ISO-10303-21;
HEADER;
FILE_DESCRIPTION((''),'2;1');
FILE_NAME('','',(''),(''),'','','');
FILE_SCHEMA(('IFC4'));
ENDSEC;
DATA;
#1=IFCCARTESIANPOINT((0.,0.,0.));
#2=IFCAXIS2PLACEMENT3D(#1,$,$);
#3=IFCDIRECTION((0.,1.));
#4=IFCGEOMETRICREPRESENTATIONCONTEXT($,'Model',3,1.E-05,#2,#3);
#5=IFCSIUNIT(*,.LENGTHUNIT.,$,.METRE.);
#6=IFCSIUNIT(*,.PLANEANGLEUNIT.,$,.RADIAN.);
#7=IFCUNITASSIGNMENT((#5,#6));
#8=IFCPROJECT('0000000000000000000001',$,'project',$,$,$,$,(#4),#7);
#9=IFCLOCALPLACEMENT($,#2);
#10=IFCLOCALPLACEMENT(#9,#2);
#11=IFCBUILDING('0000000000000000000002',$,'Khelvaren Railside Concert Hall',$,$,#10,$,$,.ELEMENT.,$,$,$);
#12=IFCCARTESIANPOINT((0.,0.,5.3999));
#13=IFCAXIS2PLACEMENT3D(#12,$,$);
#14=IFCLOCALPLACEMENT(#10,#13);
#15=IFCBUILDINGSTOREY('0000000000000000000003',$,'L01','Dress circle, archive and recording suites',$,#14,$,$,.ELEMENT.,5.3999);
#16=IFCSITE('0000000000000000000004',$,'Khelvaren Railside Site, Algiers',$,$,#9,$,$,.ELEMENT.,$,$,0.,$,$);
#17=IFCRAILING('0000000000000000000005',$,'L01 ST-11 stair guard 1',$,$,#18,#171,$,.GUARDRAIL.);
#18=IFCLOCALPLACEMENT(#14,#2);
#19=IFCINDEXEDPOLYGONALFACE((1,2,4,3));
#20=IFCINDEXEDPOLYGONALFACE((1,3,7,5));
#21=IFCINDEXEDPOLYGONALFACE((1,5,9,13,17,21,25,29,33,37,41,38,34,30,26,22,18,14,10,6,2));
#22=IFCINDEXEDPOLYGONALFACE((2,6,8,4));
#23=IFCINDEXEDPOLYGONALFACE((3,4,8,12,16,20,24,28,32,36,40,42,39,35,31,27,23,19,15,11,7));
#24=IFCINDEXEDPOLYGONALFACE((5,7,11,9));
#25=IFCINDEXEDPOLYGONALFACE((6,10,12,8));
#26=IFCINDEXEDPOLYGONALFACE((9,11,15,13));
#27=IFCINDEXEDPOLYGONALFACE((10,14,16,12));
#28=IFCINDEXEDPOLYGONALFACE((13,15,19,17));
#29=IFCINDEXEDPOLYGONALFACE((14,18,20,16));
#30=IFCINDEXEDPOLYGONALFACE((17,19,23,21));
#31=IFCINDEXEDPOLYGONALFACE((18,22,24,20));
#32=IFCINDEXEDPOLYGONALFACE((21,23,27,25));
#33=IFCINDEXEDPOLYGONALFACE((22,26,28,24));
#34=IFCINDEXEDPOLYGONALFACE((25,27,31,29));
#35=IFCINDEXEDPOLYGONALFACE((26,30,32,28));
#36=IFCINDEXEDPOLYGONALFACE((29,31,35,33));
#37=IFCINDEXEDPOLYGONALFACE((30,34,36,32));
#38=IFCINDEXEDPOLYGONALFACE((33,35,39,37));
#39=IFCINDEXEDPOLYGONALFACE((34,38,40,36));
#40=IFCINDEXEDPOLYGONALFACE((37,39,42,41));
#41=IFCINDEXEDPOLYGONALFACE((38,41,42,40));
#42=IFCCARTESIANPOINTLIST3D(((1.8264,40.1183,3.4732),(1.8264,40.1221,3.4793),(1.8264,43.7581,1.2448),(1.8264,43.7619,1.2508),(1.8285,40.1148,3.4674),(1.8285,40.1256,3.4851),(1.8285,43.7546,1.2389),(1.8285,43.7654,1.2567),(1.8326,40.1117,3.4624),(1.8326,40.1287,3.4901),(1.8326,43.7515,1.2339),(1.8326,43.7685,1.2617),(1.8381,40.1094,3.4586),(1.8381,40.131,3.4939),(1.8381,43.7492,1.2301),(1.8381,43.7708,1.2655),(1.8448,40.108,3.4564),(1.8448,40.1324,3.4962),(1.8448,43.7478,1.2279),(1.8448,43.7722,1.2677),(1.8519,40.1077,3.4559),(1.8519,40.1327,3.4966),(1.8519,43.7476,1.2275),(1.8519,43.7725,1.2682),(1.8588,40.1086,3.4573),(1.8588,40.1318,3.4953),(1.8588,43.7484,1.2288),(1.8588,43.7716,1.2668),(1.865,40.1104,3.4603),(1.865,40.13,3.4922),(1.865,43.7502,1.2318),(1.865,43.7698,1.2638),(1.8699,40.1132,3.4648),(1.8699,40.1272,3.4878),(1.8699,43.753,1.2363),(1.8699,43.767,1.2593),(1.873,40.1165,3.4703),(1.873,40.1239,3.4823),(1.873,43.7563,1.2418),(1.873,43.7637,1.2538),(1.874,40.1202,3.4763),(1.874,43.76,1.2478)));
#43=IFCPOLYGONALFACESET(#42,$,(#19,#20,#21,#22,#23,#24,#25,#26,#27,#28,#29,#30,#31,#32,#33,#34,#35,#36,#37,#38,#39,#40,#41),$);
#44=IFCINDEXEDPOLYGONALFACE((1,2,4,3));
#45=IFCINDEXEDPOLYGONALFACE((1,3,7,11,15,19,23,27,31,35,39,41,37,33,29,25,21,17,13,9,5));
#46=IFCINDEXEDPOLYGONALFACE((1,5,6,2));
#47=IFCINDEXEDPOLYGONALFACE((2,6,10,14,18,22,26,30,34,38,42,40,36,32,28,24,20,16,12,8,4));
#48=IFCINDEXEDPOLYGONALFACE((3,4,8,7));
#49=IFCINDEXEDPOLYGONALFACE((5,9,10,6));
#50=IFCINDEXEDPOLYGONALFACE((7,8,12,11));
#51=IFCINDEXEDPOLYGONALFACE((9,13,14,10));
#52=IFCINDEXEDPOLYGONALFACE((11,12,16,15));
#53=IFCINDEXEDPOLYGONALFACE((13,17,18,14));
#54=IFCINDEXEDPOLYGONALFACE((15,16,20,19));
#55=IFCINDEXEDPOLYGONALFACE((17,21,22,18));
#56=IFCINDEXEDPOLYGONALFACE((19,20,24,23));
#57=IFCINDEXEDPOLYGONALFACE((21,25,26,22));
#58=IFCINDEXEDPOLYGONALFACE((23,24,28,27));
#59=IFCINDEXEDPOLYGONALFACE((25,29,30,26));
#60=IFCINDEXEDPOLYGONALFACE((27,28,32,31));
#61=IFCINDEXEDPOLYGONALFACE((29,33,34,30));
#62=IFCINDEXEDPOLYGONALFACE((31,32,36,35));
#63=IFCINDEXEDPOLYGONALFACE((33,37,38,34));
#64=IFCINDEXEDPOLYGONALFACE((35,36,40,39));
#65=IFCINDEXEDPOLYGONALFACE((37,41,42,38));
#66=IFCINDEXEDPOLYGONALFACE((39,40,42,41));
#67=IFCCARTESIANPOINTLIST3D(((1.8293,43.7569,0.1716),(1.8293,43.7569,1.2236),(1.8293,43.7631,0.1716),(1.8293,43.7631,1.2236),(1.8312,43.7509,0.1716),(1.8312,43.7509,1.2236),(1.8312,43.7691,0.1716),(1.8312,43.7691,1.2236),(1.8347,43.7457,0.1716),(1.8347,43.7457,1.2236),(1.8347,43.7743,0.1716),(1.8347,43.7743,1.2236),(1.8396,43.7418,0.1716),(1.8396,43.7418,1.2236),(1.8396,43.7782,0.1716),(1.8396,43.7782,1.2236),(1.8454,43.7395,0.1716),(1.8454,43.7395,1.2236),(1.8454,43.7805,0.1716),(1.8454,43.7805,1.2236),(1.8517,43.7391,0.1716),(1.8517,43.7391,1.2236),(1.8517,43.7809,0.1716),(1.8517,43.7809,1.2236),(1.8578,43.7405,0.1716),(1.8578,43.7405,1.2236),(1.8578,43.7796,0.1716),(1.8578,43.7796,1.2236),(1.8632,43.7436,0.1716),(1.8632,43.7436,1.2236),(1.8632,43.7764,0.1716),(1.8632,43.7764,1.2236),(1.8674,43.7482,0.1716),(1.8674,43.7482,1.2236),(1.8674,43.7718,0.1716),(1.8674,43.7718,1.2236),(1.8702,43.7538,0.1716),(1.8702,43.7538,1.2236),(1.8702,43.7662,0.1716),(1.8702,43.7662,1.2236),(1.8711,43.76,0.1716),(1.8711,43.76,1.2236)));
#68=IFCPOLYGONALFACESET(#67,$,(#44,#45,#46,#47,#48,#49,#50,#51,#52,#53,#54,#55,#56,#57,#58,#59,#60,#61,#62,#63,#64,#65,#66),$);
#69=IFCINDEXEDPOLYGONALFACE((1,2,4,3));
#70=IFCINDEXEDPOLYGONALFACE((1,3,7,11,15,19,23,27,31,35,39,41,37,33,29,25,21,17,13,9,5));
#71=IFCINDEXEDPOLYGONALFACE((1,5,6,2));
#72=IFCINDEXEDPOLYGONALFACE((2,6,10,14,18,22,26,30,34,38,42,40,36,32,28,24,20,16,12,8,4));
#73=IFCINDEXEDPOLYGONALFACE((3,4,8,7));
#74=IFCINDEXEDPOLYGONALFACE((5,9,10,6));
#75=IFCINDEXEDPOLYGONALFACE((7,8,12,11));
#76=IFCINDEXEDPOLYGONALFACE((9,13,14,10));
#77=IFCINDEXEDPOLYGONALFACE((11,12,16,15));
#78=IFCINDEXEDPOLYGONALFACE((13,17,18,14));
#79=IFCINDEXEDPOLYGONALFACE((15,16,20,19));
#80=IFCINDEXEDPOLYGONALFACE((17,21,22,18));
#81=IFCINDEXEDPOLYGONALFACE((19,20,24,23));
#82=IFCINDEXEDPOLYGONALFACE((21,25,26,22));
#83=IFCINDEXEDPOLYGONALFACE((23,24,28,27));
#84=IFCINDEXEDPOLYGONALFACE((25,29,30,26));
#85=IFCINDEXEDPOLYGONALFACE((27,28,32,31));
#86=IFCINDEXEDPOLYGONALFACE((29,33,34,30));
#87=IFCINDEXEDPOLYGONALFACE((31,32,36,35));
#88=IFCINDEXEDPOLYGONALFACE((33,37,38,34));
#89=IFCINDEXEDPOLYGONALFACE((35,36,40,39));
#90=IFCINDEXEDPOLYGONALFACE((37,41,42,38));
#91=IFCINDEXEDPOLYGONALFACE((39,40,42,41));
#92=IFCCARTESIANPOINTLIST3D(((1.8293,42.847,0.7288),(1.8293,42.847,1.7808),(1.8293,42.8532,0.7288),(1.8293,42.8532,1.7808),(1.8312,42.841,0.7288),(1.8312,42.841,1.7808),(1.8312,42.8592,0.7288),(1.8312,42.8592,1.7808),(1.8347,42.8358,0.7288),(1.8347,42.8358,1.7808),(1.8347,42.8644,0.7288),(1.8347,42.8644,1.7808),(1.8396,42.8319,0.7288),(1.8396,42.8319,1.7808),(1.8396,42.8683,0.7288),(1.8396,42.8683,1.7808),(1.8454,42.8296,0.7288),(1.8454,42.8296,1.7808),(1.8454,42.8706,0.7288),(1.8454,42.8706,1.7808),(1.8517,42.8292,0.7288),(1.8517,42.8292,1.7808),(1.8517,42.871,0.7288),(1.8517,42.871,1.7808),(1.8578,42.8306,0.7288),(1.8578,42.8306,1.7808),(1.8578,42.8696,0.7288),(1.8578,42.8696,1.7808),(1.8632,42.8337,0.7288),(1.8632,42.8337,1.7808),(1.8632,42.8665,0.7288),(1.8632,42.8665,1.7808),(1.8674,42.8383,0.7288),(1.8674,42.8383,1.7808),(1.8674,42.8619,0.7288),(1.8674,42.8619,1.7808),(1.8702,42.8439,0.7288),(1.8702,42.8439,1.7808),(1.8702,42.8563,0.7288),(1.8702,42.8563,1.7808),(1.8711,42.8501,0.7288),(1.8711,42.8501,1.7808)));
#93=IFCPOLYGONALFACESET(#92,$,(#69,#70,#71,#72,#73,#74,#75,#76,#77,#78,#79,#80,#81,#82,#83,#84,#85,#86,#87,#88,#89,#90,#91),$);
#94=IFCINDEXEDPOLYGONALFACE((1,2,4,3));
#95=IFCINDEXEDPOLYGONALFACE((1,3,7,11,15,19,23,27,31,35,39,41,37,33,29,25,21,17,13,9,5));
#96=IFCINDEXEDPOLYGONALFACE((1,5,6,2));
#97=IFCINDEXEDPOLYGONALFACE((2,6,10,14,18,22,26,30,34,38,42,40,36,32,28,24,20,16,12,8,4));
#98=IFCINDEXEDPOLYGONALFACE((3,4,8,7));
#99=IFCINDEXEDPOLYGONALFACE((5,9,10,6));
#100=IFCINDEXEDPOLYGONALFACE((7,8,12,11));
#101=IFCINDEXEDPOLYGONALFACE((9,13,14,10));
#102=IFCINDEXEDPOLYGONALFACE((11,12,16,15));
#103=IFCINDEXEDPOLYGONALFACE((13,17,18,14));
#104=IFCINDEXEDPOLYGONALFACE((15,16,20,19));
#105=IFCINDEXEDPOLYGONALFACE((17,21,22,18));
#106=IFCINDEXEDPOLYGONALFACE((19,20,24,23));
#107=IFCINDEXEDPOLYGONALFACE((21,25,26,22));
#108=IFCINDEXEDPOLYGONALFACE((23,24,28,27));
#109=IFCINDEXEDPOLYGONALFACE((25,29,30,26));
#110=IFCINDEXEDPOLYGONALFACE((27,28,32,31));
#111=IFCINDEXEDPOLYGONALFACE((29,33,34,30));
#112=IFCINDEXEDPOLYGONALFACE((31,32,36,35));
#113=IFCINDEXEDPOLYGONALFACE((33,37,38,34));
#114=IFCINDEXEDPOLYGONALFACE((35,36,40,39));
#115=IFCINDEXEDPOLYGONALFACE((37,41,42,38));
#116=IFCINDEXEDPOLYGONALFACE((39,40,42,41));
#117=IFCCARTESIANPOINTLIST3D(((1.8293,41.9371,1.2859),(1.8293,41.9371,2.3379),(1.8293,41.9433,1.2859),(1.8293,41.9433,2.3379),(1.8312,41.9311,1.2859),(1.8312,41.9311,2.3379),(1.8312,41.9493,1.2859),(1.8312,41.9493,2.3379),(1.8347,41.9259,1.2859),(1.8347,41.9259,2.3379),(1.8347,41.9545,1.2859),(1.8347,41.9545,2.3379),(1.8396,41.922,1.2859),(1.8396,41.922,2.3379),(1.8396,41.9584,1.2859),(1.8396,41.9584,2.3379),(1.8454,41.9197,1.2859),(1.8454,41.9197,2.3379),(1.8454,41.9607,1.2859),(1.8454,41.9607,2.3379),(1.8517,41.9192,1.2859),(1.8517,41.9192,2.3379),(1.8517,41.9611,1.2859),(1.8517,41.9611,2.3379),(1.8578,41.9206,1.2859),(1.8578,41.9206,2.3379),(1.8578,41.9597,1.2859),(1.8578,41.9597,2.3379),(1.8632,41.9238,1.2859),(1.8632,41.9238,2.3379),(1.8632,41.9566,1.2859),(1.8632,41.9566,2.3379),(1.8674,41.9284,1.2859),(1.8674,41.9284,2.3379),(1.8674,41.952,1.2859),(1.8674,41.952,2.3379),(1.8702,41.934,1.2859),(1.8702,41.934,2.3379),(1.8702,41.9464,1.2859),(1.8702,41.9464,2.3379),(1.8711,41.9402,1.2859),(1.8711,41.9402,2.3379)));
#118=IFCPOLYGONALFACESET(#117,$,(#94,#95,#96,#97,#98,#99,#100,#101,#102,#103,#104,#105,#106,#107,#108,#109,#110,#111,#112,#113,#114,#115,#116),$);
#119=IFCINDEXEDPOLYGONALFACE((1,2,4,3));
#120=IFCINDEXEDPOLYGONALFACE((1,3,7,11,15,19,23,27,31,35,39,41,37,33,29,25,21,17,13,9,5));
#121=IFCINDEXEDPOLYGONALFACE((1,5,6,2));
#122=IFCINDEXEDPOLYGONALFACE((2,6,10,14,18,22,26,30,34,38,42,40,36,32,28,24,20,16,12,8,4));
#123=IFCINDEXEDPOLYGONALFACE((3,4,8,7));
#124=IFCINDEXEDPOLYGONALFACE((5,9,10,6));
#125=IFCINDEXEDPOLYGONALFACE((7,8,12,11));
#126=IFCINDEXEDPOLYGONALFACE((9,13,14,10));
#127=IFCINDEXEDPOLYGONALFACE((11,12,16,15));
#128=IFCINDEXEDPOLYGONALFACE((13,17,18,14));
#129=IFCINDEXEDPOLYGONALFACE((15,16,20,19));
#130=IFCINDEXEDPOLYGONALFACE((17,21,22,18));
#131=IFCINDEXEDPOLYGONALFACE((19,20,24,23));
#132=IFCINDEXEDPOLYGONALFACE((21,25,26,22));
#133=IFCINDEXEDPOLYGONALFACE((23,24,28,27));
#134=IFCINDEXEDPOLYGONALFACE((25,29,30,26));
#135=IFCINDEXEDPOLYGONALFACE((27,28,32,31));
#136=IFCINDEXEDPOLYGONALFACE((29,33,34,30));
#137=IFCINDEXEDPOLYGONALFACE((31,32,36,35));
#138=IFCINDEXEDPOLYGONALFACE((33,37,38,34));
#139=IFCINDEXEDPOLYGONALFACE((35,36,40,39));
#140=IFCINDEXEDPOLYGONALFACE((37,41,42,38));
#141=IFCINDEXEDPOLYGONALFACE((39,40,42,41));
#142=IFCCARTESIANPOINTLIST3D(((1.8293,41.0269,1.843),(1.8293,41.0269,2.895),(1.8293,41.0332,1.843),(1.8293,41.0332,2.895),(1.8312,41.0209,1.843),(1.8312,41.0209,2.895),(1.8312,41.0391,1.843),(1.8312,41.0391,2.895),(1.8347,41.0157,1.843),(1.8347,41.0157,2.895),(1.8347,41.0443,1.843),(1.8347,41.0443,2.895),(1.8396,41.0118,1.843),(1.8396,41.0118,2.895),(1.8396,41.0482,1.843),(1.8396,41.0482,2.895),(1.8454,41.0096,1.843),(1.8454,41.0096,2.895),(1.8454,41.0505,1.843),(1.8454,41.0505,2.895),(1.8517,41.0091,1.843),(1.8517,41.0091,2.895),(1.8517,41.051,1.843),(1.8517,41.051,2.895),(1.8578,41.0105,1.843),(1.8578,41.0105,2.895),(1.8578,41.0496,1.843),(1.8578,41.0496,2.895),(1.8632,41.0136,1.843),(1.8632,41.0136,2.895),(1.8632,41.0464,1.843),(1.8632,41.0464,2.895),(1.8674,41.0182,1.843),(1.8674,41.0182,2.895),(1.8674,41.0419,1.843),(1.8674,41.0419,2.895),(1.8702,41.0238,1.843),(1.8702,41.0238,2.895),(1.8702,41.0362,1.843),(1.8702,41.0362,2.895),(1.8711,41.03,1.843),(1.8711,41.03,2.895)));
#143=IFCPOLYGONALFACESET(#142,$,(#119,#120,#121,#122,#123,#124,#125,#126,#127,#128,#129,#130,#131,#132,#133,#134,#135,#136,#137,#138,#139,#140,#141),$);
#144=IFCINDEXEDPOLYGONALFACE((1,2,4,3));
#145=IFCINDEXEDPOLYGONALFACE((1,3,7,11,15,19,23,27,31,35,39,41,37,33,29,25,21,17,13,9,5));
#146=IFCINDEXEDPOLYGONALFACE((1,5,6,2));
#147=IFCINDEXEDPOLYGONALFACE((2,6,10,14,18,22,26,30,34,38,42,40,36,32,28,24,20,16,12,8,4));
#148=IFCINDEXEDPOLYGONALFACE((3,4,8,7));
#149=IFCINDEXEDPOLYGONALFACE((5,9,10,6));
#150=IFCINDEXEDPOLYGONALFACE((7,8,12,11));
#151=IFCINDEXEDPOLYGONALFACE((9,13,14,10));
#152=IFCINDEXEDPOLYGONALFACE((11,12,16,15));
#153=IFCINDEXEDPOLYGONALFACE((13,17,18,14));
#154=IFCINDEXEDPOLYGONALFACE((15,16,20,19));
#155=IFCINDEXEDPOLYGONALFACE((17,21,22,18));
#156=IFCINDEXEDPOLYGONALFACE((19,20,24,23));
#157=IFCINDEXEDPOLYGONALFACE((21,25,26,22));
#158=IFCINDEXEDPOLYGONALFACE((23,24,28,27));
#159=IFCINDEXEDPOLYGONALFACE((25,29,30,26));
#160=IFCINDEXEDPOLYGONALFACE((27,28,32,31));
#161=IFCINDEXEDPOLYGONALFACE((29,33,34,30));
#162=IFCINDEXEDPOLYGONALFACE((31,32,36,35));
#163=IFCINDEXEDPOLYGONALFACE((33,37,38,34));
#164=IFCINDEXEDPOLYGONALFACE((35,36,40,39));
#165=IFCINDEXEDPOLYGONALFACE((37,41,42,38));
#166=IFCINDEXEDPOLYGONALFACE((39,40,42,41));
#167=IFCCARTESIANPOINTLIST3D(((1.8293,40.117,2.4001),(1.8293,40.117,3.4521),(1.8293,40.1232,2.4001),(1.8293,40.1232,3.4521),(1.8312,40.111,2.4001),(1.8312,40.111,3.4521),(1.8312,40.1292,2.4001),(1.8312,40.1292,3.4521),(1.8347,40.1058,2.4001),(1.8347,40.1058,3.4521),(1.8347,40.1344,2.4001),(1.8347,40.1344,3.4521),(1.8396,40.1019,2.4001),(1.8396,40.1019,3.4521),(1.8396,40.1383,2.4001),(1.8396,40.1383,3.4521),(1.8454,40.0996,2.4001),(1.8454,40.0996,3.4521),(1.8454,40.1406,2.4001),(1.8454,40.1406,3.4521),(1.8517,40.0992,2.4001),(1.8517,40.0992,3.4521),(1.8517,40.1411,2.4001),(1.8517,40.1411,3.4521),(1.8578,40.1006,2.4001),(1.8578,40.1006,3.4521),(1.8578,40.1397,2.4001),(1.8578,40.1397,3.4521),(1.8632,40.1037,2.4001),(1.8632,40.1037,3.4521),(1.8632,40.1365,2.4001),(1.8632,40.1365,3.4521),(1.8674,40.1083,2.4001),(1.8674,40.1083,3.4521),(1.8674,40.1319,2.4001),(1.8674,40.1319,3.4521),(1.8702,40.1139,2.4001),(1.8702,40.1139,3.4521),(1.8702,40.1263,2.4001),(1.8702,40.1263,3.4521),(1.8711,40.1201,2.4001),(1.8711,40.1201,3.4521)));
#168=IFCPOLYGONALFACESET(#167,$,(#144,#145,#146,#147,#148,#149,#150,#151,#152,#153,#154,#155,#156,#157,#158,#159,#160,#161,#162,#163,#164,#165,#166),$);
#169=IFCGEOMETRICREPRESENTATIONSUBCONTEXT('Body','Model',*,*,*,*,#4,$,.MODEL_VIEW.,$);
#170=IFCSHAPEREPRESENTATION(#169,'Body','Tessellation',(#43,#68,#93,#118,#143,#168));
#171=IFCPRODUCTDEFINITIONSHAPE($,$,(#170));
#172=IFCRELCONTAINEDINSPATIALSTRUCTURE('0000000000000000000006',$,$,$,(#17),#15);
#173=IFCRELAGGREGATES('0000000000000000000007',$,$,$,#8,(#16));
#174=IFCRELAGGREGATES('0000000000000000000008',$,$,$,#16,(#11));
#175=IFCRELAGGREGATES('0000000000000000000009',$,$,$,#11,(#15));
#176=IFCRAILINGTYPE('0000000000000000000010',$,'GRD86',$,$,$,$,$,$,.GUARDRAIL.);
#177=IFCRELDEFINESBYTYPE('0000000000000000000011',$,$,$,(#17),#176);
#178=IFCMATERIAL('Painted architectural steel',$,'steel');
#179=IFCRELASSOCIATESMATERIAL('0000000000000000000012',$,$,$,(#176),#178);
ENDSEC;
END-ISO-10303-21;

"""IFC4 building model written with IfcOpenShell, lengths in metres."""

from ifc_helpers import new_model, si_unit, direction, frame, origin, origin_2d, place, context, subcontext, project, spatial, circle, extrude, material, type_object, element, save


model = new_model("IFC4")

# Units and contexts
model_context = context("Model", 3, precision=1e-05, world=origin(), true_north=direction((0.0, 1.0)))
body_context = subcontext(model_context, "Body", "Model", "MODEL_VIEW")
ifc_project = project(units=[si_unit("LENGTHUNIT", "METRE"), si_unit("PLANEANGLEUNIT", "RADIAN")], contexts=[model_context])

# Site, building, storey
site_placement = place(None, origin())
site = spatial("IfcSite", under=ifc_project, at=site_placement, Name="Khelvaren Railside Site, Algiers", CompositionType="ELEMENT", RefElevation=0.0)
building_placement = place(site_placement, origin())
building = spatial("IfcBuilding", under=site, at=building_placement, Name="Khelvaren Railside Concert Hall", CompositionType="ELEMENT")
storey_placement = place(building_placement, frame((0.0, 0.0, 5.3999)))
storey = spatial("IfcBuildingStorey", under=building, at=storey_placement, Name="L01", Description="Dress circle, archive and recording suites", CompositionType="ELEMENT", Elevation=5.3999)

# Railing
ifc_material_1 = material(Name="Painted architectural steel", Category="steel")
railing_type_1 = type_object("IfcRailingType", Name="GRD86", PredefinedType="GUARDRAIL", material=ifc_material_1)
railing_1_placement = place(storey_placement, frame((1.8501, 43.76, 0.1716)))
element("IfcRailing", 1, at=railing_1_placement, inside=storey, type_object=railing_type_1, Name="L01 ST-11 stair guard 1", PredefinedType="GUARDRAIL", context=body_context, shape_type="SweptSolid", body=[
    extrude(circle(Radius=0.0239, at=origin_2d()), frame((0.0, 0.0, 1.0762), z_axis=(0.0, -0.85285, 0.522156), x_axis=(1.0, 0.0, 0.0)), (0.0, 0.0, 1.0), 4.2678),
    extrude(circle(Radius=0.021, at=origin_2d()), origin(), (0.0, 0.0, 1.0), 1.052),
    extrude(circle(Radius=0.021, at=origin_2d()), frame((0.0, -0.9099, 0.5571)), (0.0, 0.0, 1.0), 1.052),
    extrude(circle(Radius=0.021, at=origin_2d()), frame((0.0, -1.8198, 1.1143)), (0.0, 0.0, 1.0), 1.052),
    extrude(circle(Radius=0.021, at=origin_2d()), frame((0.0, -2.73, 1.6714)), (0.0, 0.0, 1.0), 1.052),
    extrude(circle(Radius=0.021, at=origin_2d()), frame((0.0, -3.6399, 2.2285)), (0.0, 0.0, 1.0), 1.052),
])

save(model, "model.ifc")
